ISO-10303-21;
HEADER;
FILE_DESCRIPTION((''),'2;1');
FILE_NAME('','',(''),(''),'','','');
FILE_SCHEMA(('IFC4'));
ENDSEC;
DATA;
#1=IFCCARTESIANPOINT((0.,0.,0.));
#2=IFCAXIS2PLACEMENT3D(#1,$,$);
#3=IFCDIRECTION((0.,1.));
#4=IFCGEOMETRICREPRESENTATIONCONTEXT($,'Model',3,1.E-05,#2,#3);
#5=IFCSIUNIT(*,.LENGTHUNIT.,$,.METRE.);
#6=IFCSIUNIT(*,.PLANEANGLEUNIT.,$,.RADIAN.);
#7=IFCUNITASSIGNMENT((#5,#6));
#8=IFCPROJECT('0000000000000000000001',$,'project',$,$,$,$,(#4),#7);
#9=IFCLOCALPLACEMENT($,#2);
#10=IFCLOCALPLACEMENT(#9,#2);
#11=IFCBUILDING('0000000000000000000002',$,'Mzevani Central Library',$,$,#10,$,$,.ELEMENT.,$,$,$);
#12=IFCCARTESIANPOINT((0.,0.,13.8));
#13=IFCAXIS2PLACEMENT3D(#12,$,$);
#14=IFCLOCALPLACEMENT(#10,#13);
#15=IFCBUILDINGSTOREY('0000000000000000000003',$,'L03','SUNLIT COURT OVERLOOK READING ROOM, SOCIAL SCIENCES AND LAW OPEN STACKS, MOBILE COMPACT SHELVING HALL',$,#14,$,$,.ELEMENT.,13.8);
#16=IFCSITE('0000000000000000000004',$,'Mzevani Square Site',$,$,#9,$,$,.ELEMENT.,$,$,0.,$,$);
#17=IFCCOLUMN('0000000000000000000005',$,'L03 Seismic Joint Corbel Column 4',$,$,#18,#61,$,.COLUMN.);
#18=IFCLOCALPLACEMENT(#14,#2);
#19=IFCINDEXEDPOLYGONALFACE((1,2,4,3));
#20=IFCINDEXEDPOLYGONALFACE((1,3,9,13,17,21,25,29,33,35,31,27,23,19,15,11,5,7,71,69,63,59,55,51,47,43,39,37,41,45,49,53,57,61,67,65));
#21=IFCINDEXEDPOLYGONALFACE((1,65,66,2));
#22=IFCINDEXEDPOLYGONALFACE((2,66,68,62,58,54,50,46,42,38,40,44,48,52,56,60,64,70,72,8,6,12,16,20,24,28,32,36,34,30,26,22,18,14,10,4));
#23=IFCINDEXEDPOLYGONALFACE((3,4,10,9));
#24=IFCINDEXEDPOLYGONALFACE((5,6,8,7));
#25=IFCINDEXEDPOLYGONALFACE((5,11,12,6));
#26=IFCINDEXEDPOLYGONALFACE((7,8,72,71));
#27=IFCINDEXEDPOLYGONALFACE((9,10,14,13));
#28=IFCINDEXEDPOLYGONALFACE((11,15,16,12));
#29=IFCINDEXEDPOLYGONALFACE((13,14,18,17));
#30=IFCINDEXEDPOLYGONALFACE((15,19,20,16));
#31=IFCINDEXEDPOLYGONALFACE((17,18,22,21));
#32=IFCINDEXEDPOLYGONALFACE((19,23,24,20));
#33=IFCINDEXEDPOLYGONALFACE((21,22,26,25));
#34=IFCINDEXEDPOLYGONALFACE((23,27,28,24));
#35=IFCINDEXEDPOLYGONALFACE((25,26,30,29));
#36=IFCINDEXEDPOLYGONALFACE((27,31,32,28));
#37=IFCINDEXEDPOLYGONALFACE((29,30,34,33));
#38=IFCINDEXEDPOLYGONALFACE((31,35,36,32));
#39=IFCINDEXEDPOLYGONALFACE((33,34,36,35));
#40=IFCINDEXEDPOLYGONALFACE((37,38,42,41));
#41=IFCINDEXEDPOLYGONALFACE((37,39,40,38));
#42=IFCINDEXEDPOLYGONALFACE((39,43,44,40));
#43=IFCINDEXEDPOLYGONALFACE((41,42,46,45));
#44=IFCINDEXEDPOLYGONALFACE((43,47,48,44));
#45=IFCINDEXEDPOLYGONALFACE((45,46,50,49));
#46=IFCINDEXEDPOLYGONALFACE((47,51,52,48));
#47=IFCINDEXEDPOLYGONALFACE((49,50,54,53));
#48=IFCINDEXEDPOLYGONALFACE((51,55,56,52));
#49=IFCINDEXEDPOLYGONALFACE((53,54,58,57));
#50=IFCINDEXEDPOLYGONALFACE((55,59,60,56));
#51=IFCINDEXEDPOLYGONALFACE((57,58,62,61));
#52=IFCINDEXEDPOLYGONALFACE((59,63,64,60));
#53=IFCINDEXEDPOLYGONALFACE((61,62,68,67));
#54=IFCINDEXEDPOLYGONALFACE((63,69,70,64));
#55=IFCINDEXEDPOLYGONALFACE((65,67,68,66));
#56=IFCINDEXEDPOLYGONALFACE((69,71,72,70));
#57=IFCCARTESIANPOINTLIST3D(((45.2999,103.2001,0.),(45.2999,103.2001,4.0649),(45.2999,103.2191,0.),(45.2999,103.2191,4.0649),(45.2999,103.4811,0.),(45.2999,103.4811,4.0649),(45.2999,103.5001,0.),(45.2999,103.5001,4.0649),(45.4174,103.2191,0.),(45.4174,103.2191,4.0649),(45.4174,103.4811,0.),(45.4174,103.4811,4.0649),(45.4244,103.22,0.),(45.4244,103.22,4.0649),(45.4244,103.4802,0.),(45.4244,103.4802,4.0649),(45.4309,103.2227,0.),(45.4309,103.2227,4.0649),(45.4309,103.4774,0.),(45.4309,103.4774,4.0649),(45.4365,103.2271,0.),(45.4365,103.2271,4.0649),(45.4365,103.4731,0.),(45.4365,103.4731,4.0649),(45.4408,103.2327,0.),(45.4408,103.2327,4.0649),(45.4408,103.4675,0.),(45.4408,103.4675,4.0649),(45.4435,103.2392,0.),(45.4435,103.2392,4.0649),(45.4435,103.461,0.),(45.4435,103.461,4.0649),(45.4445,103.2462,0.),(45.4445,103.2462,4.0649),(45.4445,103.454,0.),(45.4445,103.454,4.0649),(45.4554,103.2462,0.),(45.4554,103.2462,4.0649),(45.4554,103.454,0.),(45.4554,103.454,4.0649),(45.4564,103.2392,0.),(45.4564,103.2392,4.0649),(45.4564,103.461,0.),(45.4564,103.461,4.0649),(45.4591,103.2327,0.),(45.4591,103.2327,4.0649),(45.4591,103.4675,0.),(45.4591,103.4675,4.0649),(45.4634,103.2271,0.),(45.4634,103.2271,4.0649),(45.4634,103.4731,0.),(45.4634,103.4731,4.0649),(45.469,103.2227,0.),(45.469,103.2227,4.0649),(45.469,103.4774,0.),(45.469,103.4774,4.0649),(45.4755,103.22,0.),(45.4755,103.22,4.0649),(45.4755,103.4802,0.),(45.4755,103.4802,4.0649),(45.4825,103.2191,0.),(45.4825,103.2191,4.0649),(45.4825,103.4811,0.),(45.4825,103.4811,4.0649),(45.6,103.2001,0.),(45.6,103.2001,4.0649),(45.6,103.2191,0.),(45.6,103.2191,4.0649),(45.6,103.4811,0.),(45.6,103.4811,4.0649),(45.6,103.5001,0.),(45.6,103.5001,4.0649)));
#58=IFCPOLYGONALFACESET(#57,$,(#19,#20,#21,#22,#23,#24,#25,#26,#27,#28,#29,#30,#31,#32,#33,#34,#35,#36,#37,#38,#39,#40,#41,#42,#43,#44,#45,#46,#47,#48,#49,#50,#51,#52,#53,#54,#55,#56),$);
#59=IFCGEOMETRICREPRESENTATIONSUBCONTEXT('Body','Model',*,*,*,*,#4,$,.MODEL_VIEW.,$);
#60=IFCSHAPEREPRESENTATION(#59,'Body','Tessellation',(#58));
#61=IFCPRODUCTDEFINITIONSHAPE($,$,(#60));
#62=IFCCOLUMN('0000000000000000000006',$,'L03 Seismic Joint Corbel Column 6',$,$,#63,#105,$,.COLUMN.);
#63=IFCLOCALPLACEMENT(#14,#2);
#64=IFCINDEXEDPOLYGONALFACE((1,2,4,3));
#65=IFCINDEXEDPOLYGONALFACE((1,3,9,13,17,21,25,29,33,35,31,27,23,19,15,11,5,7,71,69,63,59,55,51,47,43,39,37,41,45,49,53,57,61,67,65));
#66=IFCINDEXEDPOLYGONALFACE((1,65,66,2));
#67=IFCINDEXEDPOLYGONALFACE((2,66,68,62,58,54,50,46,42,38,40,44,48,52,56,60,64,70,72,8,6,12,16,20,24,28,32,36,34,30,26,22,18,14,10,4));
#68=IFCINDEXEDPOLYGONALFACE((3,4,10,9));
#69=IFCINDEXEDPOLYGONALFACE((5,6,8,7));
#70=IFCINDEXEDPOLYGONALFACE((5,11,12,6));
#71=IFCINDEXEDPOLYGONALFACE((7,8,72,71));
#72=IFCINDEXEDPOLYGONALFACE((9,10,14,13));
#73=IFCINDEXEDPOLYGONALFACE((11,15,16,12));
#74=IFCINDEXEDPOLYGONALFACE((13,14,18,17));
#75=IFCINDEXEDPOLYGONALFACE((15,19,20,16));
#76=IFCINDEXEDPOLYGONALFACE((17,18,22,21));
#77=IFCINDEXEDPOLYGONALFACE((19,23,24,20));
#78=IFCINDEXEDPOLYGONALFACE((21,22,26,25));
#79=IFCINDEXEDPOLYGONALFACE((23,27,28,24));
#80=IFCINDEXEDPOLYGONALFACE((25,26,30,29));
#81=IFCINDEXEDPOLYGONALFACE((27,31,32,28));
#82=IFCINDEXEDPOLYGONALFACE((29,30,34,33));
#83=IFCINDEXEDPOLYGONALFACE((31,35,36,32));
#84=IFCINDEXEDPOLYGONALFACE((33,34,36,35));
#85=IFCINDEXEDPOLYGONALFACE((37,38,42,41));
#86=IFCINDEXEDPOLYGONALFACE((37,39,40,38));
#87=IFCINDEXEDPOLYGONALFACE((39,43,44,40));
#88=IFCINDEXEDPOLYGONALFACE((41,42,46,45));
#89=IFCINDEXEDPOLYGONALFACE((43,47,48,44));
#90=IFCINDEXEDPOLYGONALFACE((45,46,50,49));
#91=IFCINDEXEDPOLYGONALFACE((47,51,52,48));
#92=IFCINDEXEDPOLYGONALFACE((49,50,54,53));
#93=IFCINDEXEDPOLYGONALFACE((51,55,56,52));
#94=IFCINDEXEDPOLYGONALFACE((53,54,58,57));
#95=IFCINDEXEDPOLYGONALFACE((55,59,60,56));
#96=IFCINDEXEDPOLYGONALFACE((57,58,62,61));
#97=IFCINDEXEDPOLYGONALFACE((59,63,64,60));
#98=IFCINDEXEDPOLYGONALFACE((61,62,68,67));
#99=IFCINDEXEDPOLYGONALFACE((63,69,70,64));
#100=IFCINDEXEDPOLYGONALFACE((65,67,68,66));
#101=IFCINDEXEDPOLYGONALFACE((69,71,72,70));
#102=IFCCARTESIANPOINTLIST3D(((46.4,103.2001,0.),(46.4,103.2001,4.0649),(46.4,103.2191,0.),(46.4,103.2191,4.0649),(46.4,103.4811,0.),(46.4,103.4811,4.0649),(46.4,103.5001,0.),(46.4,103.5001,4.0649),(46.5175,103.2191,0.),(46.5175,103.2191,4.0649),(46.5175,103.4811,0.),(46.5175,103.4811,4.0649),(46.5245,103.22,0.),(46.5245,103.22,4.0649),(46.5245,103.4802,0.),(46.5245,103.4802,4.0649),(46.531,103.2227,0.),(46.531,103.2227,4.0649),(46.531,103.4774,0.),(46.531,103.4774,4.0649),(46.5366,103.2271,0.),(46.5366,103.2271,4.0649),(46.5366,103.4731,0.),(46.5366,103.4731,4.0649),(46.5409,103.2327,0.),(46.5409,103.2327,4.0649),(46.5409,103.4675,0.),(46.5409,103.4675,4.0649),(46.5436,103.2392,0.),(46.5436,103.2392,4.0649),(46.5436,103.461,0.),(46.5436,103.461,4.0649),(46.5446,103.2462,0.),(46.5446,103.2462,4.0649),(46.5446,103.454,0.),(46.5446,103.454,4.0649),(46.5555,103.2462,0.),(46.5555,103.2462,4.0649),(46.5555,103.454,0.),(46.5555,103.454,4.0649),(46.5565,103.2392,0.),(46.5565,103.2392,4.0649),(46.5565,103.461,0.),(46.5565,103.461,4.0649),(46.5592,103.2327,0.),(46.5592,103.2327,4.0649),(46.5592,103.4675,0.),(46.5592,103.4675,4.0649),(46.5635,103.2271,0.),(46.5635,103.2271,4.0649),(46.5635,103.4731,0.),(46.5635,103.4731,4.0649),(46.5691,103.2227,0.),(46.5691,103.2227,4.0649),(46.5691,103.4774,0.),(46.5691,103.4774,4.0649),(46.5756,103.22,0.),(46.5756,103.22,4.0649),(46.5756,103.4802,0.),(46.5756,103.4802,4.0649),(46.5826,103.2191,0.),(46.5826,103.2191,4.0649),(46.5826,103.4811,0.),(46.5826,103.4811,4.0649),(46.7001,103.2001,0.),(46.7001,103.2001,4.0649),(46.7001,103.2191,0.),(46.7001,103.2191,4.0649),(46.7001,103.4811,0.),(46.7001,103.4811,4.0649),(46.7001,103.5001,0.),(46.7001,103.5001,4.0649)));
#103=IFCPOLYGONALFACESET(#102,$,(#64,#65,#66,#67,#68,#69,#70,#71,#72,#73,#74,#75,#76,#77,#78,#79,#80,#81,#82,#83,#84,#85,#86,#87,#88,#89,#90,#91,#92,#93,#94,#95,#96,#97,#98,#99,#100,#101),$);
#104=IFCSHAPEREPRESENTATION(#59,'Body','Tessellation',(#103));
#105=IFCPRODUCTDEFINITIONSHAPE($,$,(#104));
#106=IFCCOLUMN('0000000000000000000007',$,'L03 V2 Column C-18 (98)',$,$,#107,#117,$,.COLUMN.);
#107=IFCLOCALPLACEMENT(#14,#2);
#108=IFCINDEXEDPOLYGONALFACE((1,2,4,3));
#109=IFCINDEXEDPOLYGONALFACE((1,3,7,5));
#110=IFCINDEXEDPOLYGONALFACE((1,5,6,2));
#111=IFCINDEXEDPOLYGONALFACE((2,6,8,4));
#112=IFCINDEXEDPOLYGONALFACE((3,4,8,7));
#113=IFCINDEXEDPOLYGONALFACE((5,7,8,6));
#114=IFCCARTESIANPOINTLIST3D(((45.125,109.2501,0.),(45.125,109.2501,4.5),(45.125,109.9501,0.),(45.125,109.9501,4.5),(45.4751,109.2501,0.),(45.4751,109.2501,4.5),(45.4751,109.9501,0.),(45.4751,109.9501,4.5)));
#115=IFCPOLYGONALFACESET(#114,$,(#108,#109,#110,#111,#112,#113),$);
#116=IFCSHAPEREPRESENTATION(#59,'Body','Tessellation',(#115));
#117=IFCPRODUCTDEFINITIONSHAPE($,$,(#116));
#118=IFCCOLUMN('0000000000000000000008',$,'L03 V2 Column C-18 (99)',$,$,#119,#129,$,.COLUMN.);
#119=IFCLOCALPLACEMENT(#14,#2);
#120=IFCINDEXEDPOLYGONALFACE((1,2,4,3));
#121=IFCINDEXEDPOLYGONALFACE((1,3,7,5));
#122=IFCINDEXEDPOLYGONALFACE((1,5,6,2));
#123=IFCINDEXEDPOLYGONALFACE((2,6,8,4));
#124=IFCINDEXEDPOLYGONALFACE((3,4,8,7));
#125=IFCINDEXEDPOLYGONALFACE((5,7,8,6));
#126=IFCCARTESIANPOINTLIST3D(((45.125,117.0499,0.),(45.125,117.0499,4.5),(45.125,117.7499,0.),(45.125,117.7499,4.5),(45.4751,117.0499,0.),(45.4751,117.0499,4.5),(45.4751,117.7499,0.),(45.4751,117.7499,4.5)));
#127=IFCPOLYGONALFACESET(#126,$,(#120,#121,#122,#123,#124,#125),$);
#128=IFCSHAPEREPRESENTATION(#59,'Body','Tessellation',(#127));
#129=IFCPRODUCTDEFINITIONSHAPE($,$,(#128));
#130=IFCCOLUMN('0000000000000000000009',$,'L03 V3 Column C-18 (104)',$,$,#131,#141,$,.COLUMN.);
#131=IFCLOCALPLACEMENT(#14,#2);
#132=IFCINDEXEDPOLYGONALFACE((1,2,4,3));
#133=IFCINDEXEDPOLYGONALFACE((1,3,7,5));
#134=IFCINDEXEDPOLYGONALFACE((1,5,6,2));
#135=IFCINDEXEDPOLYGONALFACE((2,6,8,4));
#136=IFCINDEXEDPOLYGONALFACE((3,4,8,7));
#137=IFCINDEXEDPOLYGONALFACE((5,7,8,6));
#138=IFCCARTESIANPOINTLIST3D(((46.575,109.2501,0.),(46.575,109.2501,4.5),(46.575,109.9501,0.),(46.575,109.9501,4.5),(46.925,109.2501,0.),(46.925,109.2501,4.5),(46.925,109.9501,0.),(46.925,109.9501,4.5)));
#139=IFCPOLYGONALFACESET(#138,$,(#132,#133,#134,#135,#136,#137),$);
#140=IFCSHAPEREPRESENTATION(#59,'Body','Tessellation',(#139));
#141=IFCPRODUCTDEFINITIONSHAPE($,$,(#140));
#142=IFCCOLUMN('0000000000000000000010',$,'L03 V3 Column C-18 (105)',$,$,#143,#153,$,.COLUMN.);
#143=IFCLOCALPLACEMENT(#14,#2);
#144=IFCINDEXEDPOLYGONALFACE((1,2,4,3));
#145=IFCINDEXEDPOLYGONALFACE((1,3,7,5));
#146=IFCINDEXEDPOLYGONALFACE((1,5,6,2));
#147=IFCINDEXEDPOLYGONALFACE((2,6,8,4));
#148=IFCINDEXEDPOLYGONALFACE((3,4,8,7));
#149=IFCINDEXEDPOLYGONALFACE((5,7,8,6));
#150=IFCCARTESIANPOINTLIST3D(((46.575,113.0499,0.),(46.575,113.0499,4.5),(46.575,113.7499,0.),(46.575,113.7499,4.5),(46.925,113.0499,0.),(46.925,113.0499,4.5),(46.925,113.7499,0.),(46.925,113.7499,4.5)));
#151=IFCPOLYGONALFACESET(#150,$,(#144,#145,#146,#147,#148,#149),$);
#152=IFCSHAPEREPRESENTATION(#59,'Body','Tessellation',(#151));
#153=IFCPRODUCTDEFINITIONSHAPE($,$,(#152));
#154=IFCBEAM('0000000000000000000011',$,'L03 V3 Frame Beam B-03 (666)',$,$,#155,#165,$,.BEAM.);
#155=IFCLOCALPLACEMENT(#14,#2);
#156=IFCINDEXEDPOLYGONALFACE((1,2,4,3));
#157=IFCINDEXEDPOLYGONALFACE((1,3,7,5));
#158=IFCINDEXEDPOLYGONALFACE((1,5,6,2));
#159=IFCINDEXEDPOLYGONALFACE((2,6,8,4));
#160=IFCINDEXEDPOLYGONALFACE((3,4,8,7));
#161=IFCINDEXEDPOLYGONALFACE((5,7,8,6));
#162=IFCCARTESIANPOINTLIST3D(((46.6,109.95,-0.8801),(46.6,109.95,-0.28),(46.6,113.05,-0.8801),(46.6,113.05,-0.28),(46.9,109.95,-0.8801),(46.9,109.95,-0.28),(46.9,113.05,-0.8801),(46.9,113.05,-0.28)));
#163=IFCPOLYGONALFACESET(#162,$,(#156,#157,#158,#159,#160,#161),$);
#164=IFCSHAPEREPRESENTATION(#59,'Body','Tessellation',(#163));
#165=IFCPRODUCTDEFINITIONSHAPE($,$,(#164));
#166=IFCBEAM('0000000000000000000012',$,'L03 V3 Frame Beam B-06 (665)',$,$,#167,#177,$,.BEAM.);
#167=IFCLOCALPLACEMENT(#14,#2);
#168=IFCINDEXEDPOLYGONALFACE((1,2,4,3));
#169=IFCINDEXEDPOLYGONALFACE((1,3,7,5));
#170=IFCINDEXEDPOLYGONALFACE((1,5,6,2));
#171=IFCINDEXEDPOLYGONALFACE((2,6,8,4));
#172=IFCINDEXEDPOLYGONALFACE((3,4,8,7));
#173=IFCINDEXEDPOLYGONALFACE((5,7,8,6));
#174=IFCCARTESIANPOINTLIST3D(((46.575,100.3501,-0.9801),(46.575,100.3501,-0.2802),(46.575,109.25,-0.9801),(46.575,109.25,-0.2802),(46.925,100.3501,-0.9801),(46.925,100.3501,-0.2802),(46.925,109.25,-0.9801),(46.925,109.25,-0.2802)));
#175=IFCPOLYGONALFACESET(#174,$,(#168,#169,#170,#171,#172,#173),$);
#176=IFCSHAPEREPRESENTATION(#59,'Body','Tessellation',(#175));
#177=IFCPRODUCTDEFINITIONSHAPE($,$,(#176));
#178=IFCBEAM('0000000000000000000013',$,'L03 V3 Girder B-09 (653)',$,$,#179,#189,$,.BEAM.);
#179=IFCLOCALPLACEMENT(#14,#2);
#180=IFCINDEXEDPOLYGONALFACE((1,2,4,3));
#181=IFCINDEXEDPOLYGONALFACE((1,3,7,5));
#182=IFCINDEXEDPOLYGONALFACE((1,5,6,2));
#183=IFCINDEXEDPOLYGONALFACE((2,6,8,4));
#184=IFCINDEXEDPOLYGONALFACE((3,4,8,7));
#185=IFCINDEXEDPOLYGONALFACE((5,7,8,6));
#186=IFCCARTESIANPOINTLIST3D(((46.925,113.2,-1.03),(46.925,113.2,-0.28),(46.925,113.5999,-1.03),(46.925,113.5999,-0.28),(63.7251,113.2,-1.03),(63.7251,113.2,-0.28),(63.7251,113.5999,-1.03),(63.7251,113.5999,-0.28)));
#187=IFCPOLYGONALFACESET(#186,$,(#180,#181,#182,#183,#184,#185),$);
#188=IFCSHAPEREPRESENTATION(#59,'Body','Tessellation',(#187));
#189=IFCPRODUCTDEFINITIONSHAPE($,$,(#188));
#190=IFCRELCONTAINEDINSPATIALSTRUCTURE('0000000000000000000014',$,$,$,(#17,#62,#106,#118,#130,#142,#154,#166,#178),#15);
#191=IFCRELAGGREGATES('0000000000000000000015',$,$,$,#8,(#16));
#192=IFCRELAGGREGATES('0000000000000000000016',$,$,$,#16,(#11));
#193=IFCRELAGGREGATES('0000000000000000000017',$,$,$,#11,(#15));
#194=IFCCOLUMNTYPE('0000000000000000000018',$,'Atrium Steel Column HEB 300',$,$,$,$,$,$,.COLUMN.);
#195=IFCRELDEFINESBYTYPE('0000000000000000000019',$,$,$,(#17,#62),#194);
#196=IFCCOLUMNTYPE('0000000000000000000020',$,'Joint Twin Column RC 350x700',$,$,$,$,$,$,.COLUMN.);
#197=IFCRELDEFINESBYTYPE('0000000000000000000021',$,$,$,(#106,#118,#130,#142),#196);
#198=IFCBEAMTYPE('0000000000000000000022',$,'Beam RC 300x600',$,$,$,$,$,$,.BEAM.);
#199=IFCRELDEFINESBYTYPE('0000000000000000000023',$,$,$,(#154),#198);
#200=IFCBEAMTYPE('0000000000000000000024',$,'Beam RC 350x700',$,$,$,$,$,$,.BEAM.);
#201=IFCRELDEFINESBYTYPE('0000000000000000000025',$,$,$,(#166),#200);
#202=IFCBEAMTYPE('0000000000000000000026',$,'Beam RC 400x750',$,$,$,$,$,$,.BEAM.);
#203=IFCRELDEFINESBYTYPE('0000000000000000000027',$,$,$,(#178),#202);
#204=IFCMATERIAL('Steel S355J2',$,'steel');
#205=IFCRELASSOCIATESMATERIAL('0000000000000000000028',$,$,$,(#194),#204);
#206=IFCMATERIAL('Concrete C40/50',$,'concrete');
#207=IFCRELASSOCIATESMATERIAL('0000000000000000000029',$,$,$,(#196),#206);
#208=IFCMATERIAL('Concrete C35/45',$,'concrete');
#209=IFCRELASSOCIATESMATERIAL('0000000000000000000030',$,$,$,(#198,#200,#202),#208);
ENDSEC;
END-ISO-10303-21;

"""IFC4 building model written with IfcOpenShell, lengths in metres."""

from ifc_helpers import new_model, si_unit, direction, frame, origin, origin_2d, place, context, subcontext, project, spatial, rectangle, i_section, extrude, material, material_profile, profile_set, type_object, element, save


model = new_model("IFC4")

# Units and contexts
model_context = context("Model", 3, precision=1e-05, world=origin(), true_north=direction((0.0, 1.0)))
body_context = subcontext(model_context, "Body", "Model", "MODEL_VIEW")
ifc_project = project(units=[si_unit("LENGTHUNIT", "METRE"), si_unit("PLANEANGLEUNIT", "RADIAN")], contexts=[model_context])

# Site, building, storey
site_placement = place(None, origin())
site = spatial("IfcSite", under=ifc_project, at=site_placement, Name="Mzevani Square Site", CompositionType="ELEMENT", RefElevation=0.0)
building_placement = place(site_placement, origin())
building = spatial("IfcBuilding", under=site, at=building_placement, Name="Mzevani Central Library", CompositionType="ELEMENT")
storey_placement = place(building_placement, frame((0.0, 0.0, 13.8)))
storey = spatial("IfcBuildingStorey", under=building, at=storey_placement, Name="L03", Description="SUNLIT COURT OVERLOOK READING ROOM, SOCIAL SCIENCES AND LAW OPEN STACKS, MOBILE COMPACT SHELVING HALL", CompositionType="ELEMENT", Elevation=13.8)

# Columns
ifc_material_1 = material(Name="Steel S355J2", Category="steel")
ifc_material_profile_1 = material_profile(ifc_material_1, i_section(OverallWidth=0.3, OverallDepth=0.3, WebThickness=0.011, FlangeThickness=0.019, FilletRadius=0.0271, at=origin_2d()), Name="HEB 300")
ifc_profile_set_1 = profile_set([ifc_material_profile_1], Name="Steel S355J2")
column_type_1 = type_object("IfcColumnType", Name="Atrium Steel Column HEB 300", PredefinedType="COLUMN", material=ifc_profile_set_1)
for number, where, z_axis, x_axis, name in (
    (1, (45.45, 103.3501, 0.0), (0.0, 0.0, 1.0), (1.0, 0.0, 0.0), "L03 Seismic Joint Corbel Column 4"),
    (2, (46.55, 103.3501, 0.0), (0.0, 0.0, 1.0), (1.0, 0.0, 0.0), "L03 Seismic Joint Corbel Column 6"),
):
    element("IfcColumn", number, at=place(storey_placement, frame(where, z_axis=z_axis, x_axis=x_axis)), inside=storey, type_object=column_type_1, Name=name, PredefinedType="COLUMN", context=body_context, shape_type="SweptSolid", body=[
        extrude(i_section(OverallWidth=0.3, OverallDepth=0.3, WebThickness=0.011, FlangeThickness=0.019, FilletRadius=0.0271, at=origin_2d()), origin(), (0.0, 0.0, 1.0), 4.0649),
    ])
ifc_material_2 = material(Name="Concrete C40/50", Category="concrete")
ifc_material_profile_2 = material_profile(ifc_material_2, rectangle(XDim=0.3501, YDim=0.7, at=origin_2d()), Name="RC 350x700")
ifc_profile_set_2 = profile_set([ifc_material_profile_2], Name="Concrete C40/50")
column_type_2 = type_object("IfcColumnType", Name="Joint Twin Column RC 350x700", PredefinedType="COLUMN", material=ifc_profile_set_2)
for number, where, z_axis, x_axis, name in (
    (3, (45.3, 109.6001, 0.0), (0.0, 0.0, 1.0), (1.0, 0.0, 0.0), "L03 V2 Column C-18 (98)"),
    (4, (45.3, 117.3999, 0.0), (0.0, 0.0, 1.0), (1.0, 0.0, 0.0), "L03 V2 Column C-18 (99)"),
    (5, (46.75, 109.6001, 0.0), (0.0, 0.0, 1.0), (1.0, 0.0, 0.0), "L03 V3 Column C-18 (104)"),
    (6, (46.75, 113.3999, 0.0), (0.0, 0.0, 1.0), (1.0, 0.0, 0.0), "L03 V3 Column C-18 (105)"),
):
    element("IfcColumn", number, at=place(storey_placement, frame(where, z_axis=z_axis, x_axis=x_axis)), inside=storey, type_object=column_type_2, Name=name, PredefinedType="COLUMN", context=body_context, shape_type="SweptSolid", body=[
        extrude(rectangle(XDim=0.3501, YDim=0.7, at=origin_2d()), origin(), (0.0, 0.0, 1.0), 4.5),
    ])

# Beams
ifc_material_3 = material(Name="Concrete C35/45", Category="concrete")
ifc_material_profile_3 = material_profile(ifc_material_3, rectangle(XDim=0.3, YDim=0.6001, at=origin_2d()), Name="RC B300x600")
ifc_profile_set_3 = profile_set([ifc_material_profile_3], Name="Concrete C35/45")
beam_type_1 = type_object("IfcBeamType", Name="Beam RC 300x600", PredefinedType="BEAM", material=ifc_profile_set_3)
beam_1_placement = place(storey_placement, frame((46.75, 109.95, -0.5801), z_axis=(0.0, 1.0, 0.0), x_axis=(-1.0, 0.0, 0.0)))
element("IfcBeam", 7, at=beam_1_placement, inside=storey, type_object=beam_type_1, Name="L03 V3 Frame Beam B-03 (666)", PredefinedType="BEAM", context=body_context, shape_type="SweptSolid", body=[
    extrude(rectangle(XDim=0.3, YDim=0.6001, at=origin_2d()), origin(), (0.0, 0.0, 1.0), 3.1001),
])
ifc_material_profile_4 = material_profile(ifc_material_3, rectangle(XDim=0.3501, YDim=0.7, at=origin_2d()), Name="RC B350x700")
ifc_profile_set_4 = profile_set([ifc_material_profile_4], Name="Concrete C35/45")
beam_type_2 = type_object("IfcBeamType", Name="Beam RC 350x700", PredefinedType="BEAM", material=ifc_profile_set_4)
beam_2_placement = place(storey_placement, frame((46.75, 100.3501, -0.6301), z_axis=(0.0, 1.0, 0.0), x_axis=(-1.0, 0.0, 0.0)))
element("IfcBeam", 8, at=beam_2_placement, inside=storey, type_object=beam_type_2, Name="L03 V3 Frame Beam B-06 (665)", PredefinedType="BEAM", context=body_context, shape_type="SweptSolid", body=[
    extrude(rectangle(XDim=0.3501, YDim=0.7, at=origin_2d()), origin(), (0.0, 0.0, 1.0), 8.8999),
])
ifc_material_profile_5 = material_profile(ifc_material_3, rectangle(XDim=0.3999, YDim=0.75, at=origin_2d()), Name="RC B400x750")
ifc_profile_set_5 = profile_set([ifc_material_profile_5], Name="Concrete C35/45")
beam_type_3 = type_object("IfcBeamType", Name="Beam RC 400x750", PredefinedType="BEAM", material=ifc_profile_set_5)
beam_3_placement = place(storey_placement, frame((46.925, 113.3999, -0.655), z_axis=(1.0, 0.0, 0.0), x_axis=(0.0, 1.0, 0.0)))
element("IfcBeam", 9, at=beam_3_placement, inside=storey, type_object=beam_type_3, Name="L03 V3 Girder B-09 (653)", PredefinedType="BEAM", context=body_context, shape_type="SweptSolid", body=[
    extrude(rectangle(XDim=0.3999, YDim=0.75, at=origin_2d()), origin(), (0.0, 0.0, 1.0), 16.8),
])

save(model, "model.ifc")
